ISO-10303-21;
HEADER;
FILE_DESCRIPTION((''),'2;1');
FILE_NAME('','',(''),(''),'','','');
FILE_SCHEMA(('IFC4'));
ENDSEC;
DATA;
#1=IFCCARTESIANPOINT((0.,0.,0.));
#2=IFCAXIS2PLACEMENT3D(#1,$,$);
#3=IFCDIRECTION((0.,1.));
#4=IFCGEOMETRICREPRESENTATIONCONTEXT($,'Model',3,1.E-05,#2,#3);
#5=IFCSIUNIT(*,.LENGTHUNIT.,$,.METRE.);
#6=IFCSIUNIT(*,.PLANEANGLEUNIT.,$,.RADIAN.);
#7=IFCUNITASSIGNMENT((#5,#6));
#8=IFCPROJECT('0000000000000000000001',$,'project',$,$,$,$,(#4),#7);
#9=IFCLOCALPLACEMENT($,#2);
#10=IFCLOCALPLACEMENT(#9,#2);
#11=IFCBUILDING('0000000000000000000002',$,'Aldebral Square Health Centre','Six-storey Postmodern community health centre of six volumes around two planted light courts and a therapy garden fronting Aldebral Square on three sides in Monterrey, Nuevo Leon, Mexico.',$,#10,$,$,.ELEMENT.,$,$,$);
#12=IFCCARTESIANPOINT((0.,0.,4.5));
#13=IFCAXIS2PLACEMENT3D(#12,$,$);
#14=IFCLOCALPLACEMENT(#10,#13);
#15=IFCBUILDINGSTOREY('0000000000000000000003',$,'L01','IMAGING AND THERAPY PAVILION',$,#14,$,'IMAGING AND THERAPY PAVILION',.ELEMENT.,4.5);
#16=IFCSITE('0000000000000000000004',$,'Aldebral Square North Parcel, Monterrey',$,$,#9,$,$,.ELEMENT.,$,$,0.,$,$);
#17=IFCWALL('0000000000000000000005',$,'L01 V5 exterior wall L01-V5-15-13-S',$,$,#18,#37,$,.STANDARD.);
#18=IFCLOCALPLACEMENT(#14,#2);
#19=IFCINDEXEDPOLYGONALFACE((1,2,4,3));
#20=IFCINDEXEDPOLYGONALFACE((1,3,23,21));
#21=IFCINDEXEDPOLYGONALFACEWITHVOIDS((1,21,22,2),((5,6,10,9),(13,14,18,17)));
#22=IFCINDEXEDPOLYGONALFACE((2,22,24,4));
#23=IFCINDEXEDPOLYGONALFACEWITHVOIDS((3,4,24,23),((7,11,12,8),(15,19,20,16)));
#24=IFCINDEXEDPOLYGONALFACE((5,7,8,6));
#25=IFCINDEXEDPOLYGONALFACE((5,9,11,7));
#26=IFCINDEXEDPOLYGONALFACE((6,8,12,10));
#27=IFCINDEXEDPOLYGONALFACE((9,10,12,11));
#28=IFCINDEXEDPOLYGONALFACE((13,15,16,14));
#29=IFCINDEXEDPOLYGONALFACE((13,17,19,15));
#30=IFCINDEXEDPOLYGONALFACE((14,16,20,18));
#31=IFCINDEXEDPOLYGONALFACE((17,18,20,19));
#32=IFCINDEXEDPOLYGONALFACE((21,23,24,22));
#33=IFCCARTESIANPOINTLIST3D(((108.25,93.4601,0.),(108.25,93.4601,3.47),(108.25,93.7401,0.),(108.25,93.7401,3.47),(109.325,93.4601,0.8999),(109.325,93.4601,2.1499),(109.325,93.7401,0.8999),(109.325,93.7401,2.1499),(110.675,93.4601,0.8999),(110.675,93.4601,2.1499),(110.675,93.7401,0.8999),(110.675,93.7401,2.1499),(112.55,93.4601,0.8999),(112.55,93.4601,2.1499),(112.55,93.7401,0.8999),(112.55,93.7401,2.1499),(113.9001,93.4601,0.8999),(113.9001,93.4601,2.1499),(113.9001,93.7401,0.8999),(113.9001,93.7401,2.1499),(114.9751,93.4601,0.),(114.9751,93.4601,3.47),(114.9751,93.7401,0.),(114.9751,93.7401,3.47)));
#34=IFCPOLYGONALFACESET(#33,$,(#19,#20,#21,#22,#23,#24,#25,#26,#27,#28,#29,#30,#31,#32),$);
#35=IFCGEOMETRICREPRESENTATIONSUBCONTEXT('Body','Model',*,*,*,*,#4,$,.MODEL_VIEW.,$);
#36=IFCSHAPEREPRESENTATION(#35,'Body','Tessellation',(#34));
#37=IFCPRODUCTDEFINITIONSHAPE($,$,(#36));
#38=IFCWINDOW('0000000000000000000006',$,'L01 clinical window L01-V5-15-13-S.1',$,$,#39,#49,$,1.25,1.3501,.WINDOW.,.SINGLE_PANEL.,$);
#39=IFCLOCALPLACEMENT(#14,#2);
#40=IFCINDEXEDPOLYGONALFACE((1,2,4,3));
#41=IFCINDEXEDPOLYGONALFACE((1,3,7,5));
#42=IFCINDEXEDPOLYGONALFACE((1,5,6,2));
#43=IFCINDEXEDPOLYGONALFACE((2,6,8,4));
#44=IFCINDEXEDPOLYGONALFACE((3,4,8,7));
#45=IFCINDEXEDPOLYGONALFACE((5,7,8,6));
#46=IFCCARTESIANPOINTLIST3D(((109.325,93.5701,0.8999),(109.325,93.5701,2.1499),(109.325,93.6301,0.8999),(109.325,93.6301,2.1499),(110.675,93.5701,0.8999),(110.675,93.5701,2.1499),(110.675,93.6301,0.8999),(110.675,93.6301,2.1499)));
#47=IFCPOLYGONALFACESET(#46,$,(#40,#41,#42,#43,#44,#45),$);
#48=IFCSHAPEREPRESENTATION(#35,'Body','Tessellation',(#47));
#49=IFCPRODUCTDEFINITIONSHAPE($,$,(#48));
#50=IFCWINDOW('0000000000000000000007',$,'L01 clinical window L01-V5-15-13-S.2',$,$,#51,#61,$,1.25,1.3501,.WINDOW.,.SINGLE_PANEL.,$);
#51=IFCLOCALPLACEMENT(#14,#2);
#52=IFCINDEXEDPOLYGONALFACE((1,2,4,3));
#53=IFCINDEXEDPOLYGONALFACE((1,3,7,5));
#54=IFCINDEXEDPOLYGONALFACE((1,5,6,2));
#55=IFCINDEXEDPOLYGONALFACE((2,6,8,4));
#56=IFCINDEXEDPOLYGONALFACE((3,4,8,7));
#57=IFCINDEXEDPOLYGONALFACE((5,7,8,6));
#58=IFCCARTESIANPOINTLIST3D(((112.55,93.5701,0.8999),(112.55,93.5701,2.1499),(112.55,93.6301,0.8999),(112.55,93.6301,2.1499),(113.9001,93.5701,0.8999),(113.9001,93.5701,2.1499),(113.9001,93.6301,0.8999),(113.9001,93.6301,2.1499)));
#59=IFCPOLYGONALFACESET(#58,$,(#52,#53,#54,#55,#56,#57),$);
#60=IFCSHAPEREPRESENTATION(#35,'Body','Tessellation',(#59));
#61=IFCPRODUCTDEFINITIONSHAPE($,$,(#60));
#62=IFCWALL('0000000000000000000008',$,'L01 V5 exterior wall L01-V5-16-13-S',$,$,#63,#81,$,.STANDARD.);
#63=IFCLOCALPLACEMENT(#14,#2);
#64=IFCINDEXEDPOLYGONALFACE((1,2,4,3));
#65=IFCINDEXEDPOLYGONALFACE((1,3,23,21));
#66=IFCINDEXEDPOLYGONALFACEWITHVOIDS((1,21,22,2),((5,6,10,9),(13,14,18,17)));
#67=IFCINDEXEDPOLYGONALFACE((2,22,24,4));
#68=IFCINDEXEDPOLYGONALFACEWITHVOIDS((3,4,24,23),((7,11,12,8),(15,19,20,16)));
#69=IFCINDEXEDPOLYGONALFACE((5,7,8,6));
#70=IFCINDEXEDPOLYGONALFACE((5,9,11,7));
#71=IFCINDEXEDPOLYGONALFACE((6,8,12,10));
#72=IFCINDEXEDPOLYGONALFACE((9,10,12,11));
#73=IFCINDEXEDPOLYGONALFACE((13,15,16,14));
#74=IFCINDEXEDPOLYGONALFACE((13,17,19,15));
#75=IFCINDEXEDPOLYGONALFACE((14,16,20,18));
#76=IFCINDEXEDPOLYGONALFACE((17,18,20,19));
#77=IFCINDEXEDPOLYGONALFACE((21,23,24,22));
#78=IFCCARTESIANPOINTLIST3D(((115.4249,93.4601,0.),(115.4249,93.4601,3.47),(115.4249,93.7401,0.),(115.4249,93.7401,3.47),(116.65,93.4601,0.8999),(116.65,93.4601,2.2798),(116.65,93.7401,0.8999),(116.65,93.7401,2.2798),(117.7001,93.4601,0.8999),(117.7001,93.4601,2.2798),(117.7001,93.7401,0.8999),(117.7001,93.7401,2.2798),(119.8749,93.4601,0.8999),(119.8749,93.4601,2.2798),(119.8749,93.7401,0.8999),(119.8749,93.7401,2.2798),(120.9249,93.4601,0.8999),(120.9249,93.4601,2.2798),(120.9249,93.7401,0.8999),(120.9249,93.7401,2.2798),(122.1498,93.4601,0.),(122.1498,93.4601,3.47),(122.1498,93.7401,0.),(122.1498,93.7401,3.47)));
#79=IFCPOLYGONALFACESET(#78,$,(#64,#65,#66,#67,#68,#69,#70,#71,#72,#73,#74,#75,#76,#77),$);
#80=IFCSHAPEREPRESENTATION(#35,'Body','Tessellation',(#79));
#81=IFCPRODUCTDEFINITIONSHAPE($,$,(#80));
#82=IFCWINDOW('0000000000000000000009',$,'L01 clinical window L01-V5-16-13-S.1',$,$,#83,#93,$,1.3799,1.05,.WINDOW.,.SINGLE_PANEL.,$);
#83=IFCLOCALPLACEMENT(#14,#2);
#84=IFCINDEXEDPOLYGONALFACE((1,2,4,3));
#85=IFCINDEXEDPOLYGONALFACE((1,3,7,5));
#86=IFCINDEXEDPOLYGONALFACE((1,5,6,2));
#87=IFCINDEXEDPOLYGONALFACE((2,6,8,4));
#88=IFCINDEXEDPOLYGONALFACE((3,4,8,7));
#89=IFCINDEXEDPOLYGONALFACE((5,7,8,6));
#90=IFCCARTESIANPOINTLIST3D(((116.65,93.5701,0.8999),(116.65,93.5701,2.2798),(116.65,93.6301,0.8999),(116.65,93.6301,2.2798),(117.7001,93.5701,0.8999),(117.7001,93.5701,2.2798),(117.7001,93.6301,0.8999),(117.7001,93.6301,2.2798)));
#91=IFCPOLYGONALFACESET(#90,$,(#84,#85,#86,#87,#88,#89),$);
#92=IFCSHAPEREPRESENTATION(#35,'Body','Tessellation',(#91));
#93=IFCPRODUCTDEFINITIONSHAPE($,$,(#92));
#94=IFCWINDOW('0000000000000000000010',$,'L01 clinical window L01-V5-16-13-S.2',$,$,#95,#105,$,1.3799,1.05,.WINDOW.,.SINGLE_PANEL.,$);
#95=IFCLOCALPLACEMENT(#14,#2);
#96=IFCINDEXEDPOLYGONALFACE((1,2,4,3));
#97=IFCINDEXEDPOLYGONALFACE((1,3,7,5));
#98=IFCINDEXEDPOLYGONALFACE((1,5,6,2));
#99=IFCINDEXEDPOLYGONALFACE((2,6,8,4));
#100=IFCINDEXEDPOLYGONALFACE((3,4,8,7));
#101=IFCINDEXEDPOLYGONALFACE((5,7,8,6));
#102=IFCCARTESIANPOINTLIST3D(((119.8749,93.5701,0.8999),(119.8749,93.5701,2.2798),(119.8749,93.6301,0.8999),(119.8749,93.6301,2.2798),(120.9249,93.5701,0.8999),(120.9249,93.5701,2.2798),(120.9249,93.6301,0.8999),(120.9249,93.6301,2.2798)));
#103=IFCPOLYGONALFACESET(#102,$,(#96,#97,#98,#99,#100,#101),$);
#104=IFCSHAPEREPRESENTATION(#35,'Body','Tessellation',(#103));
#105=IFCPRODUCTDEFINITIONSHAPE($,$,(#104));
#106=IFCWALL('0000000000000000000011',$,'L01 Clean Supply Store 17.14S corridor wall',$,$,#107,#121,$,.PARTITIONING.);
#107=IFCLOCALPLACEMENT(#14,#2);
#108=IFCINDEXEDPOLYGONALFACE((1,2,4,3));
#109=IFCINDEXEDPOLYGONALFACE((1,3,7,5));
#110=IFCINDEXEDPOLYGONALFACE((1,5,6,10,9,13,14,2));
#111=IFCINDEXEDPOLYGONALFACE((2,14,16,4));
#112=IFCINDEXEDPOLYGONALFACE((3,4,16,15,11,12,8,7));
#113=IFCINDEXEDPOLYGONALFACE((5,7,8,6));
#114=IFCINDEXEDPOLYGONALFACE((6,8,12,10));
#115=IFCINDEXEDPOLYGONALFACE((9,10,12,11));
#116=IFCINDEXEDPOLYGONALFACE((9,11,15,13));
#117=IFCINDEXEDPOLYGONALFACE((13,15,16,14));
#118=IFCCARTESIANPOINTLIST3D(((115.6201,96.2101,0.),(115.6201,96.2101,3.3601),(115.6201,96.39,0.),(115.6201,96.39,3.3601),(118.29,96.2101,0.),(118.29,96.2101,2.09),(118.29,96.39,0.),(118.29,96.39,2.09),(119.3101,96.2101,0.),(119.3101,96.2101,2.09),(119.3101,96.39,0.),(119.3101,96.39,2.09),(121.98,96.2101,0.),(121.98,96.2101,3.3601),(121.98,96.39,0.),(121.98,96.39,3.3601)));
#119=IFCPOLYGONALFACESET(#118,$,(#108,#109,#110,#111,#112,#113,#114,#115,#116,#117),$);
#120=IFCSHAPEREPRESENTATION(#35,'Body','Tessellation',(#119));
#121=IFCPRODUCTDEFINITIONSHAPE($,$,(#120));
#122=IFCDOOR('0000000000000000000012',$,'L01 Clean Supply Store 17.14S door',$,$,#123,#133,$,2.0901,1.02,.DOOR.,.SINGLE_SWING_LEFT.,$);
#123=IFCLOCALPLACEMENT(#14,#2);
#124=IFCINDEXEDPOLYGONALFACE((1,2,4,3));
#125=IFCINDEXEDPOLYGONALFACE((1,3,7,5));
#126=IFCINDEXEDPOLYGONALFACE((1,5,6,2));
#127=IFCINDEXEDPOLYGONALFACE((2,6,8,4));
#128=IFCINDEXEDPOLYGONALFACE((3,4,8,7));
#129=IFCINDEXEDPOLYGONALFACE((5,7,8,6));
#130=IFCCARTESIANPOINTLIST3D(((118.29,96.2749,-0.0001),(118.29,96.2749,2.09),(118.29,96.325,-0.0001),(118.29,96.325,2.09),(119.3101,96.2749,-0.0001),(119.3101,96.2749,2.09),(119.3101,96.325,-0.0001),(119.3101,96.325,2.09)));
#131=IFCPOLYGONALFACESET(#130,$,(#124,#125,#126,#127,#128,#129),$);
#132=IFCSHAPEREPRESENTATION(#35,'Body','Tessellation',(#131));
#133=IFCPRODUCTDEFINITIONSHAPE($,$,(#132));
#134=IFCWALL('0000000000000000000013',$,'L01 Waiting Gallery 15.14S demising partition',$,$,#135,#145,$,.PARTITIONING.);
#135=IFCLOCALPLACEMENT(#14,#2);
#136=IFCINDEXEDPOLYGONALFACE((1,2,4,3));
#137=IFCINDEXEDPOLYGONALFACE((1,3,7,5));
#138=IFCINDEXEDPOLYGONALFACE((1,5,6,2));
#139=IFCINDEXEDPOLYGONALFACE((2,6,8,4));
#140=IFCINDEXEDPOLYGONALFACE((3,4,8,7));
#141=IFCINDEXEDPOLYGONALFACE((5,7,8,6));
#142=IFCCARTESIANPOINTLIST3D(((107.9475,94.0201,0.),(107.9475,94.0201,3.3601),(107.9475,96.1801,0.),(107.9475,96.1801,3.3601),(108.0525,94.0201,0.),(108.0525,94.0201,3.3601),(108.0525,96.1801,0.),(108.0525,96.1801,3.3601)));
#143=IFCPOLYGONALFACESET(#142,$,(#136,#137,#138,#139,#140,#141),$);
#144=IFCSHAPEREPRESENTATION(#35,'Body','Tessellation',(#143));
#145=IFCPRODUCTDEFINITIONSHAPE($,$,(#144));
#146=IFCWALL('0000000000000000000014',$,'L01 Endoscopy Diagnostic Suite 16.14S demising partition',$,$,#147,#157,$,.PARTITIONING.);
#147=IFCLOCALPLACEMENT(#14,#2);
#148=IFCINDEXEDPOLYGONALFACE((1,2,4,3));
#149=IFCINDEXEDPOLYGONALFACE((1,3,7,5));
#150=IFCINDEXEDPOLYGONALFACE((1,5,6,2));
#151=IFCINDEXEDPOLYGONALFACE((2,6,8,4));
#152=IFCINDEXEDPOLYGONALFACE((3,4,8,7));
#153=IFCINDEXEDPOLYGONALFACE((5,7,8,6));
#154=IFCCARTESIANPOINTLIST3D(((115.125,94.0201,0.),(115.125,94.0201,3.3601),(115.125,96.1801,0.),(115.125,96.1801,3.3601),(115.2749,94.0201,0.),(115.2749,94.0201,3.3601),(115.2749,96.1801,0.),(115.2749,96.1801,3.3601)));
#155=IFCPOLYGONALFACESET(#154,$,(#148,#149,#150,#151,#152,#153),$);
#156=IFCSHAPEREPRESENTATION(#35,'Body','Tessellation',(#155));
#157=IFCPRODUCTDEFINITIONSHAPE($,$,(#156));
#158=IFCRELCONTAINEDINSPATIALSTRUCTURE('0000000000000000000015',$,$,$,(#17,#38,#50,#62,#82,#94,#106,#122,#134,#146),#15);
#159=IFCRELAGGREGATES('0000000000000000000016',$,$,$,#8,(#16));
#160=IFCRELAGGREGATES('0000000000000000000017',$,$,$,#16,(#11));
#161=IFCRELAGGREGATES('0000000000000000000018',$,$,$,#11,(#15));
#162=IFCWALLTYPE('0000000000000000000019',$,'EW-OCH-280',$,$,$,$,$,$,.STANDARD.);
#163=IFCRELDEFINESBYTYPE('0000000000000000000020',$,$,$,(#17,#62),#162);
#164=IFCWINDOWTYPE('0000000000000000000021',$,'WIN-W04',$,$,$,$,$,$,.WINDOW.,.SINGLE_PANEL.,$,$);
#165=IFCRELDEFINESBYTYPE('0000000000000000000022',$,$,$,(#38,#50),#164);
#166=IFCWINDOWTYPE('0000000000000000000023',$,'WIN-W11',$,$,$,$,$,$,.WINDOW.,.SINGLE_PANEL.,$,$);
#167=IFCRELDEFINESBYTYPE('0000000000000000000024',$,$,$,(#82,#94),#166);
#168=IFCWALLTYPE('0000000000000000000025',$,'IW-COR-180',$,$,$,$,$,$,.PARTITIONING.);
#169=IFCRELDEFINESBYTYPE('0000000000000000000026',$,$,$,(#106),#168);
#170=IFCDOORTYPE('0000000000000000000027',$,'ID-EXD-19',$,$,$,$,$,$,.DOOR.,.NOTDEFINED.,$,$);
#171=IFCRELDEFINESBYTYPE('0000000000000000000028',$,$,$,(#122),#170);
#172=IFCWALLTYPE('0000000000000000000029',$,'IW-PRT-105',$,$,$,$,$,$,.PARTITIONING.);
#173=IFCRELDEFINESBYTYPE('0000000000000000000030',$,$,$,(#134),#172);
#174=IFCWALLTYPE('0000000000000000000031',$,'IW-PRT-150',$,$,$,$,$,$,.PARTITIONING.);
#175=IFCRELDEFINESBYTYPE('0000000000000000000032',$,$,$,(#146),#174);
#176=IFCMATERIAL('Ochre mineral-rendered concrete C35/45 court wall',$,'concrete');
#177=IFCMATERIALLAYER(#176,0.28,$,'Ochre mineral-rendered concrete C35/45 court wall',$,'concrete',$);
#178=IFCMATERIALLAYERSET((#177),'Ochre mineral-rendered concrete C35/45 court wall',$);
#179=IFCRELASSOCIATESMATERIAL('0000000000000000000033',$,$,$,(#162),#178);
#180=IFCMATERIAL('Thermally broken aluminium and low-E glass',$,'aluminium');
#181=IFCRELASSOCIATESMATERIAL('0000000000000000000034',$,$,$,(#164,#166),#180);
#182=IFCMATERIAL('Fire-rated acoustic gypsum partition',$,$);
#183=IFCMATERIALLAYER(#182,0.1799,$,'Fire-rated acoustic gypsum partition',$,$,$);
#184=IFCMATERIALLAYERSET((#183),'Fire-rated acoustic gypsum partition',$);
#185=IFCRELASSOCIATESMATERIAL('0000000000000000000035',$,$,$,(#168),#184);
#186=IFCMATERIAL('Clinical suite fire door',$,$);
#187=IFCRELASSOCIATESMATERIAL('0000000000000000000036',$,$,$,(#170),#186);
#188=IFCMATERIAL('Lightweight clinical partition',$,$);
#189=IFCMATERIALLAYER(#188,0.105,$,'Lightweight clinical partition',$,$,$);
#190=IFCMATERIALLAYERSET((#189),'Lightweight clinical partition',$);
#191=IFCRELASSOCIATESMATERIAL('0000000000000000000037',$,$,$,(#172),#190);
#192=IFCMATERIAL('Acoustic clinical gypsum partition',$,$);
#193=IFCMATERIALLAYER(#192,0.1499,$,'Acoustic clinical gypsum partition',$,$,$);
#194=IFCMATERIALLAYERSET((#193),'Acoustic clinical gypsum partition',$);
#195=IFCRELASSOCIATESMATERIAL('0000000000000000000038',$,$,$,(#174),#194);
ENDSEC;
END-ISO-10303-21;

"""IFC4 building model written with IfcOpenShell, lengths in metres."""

from ifc_helpers import new_model, si_unit, direction, frame, frame_2d, origin, place, context, subcontext, project, spatial, rectangle, extrude, material, layer, layer_set, type_object, element, fill, save


model = new_model("IFC4")

# Units and contexts
model_context = context("Model", 3, precision=1e-05, world=origin(), true_north=direction((0.0, 1.0)))
body_context = subcontext(model_context, "Body", "Model", "MODEL_VIEW")
ifc_project = project(units=[si_unit("LENGTHUNIT", "METRE"), si_unit("PLANEANGLEUNIT", "RADIAN")], contexts=[model_context])

# Site, building, storey
site_placement = place(None, origin())
site = spatial("IfcSite", under=ifc_project, at=site_placement, Name="Aldebral Square North Parcel, Monterrey", CompositionType="ELEMENT", RefElevation=0.0)
building_placement = place(site_placement, origin())
building = spatial("IfcBuilding", under=site, at=building_placement, Name="Aldebral Square Health Centre", Description="Six-storey Postmodern community health centre of six volumes around two planted light courts and a therapy garden fronting Aldebral Square on three sides in Monterrey, Nuevo Leon, Mexico.", CompositionType="ELEMENT")
storey_placement = place(building_placement, frame((0.0, 0.0, 4.5)))
storey = spatial("IfcBuildingStorey", under=building, at=storey_placement, Name="L01", Description="IMAGING AND THERAPY PAVILION", LongName="IMAGING AND THERAPY PAVILION", CompositionType="ELEMENT", Elevation=4.5)

# Walls, openings, windows
ifc_material_1 = material(Name="Ochre mineral-rendered concrete C35/45 court wall", Category="concrete")
ifc_layer_1 = layer(ifc_material_1, 0.28, Name="Ochre mineral-rendered concrete C35/45 court wall", Category="concrete")
ifc_layer_set_1 = layer_set([ifc_layer_1], Name="Ochre mineral-rendered concrete C35/45 court wall")
wall_type_1 = type_object("IfcWallType", Name="EW-OCH-280", PredefinedType="STANDARD", material=ifc_layer_set_1)
wall_1_placement = place(storey_placement, frame((108.25, 93.6001, 0.0), z_axis=(0.0, 0.0, 1.0), x_axis=(1.0, 0.0, 0.0)))
wall_1 = element("IfcWall", 1, at=wall_1_placement, inside=storey, type_object=wall_type_1, Name="L01 V5 exterior wall L01-V5-15-13-S", PredefinedType="STANDARD", context=body_context, shape_type="SweptSolid", body=[
    extrude(rectangle(XDim=6.7251, YDim=0.28, at=frame_2d((3.3625, 0.0))), origin(), (0.0, 0.0, 1.0), 3.47),
])
opening_1_placement = place(wall_1_placement, frame((1.075, 0.0, 0.8999)))
opening_1 = element("IfcOpeningElement", 2, at=opening_1_placement, cuts=wall_1, PredefinedType="OPENING", context=body_context, shape_type="SweptSolid", body=[
    extrude(rectangle(XDim=1.3501, YDim=1.25, at=frame_2d((0.675, 0.625))), frame((0.0, 0.1499, 0.0), z_axis=(0.0, -1.0, 0.0), x_axis=(1.0, 0.0, 0.0)), (0.0, 0.0, 1.0), 0.3),
])
opening_2_placement = place(wall_1_placement, frame((4.3, 0.0, 0.8999)))
opening_2 = element("IfcOpeningElement", 3, at=opening_2_placement, cuts=wall_1, PredefinedType="OPENING", context=body_context, shape_type="SweptSolid", body=[
    extrude(rectangle(XDim=1.3501, YDim=1.25, at=frame_2d((0.675, 0.625))), frame((0.0, 0.1499, 0.0), z_axis=(0.0, -1.0, 0.0), x_axis=(1.0, 0.0, 0.0)), (0.0, 0.0, 1.0), 0.3),
])
ifc_material_2 = material(Name="Thermally broken aluminium and low-E glass", Category="aluminium")
window_type_1 = type_object("IfcWindowType", Name="WIN-W04", PartitioningType="SINGLE_PANEL", PredefinedType="WINDOW", material=ifc_material_2)
window_1_placement = place(opening_1_placement, origin())
window_1 = element("IfcWindow", 4, at=window_1_placement, inside=storey, type_object=window_type_1, Name="L01 clinical window L01-V5-15-13-S.1", OverallHeight=1.25, OverallWidth=1.3501, PartitioningType="SINGLE_PANEL", PredefinedType="WINDOW", context=body_context, shape_type="SweptSolid", body=[
    extrude(rectangle(XDim=1.3501, YDim=1.25, at=frame_2d((0.675, 0.625))), frame((0.0, 0.03, 0.0), z_axis=(0.0, -1.0, 0.0), x_axis=(1.0, 0.0, 0.0)), (0.0, 0.0, 1.0), 0.0601),
])
fill(opening_1, window_1)
window_2_placement = place(opening_2_placement, origin())
window_2 = element("IfcWindow", 5, at=window_2_placement, inside=storey, type_object=window_type_1, Name="L01 clinical window L01-V5-15-13-S.2", OverallHeight=1.25, OverallWidth=1.3501, PartitioningType="SINGLE_PANEL", PredefinedType="WINDOW", context=body_context, shape_type="SweptSolid", body=[
    extrude(rectangle(XDim=1.3501, YDim=1.25, at=frame_2d((0.675, 0.625))), frame((0.0, 0.03, 0.0), z_axis=(0.0, -1.0, 0.0), x_axis=(1.0, 0.0, 0.0)), (0.0, 0.0, 1.0), 0.0601),
])
fill(opening_2, window_2)
wall_2_placement = place(storey_placement, frame((115.425, 93.6001, 0.0), z_axis=(0.0, 0.0, 1.0), x_axis=(1.0, 0.0, 0.0)))
wall_2 = element("IfcWall", 6, at=wall_2_placement, inside=storey, type_object=wall_type_1, Name="L01 V5 exterior wall L01-V5-16-13-S", PredefinedType="STANDARD", context=body_context, shape_type="SweptSolid", body=[
    extrude(rectangle(XDim=6.7249, YDim=0.28, at=frame_2d((3.3623, 0.0))), origin(), (0.0, 0.0, 1.0), 3.47),
])
opening_3_placement = place(wall_2_placement, frame((1.2251, 0.0, 0.8999)))
opening_3 = element("IfcOpeningElement", 7, at=opening_3_placement, cuts=wall_2, PredefinedType="OPENING", context=body_context, shape_type="SweptSolid", body=[
    extrude(rectangle(XDim=1.05, YDim=1.3799, at=frame_2d((0.5249, 0.6899))), frame((0.0, 0.1499, 0.0), z_axis=(0.0, -1.0, 0.0), x_axis=(1.0, 0.0, 0.0)), (0.0, 0.0, 1.0), 0.3),
])
opening_4_placement = place(wall_2_placement, frame((4.45, 0.0, 0.8999)))
opening_4 = element("IfcOpeningElement", 8, at=opening_4_placement, cuts=wall_2, PredefinedType="OPENING", context=body_context, shape_type="SweptSolid", body=[
    extrude(rectangle(XDim=1.05, YDim=1.3799, at=frame_2d((0.5249, 0.6899))), frame((0.0, 0.1499, 0.0), z_axis=(0.0, -1.0, 0.0), x_axis=(1.0, 0.0, 0.0)), (0.0, 0.0, 1.0), 0.3),
])
window_type_2 = type_object("IfcWindowType", Name="WIN-W11", PartitioningType="SINGLE_PANEL", PredefinedType="WINDOW", material=ifc_material_2)
window_3_placement = place(opening_3_placement, origin())
window_3 = element("IfcWindow", 9, at=window_3_placement, inside=storey, type_object=window_type_2, Name="L01 clinical window L01-V5-16-13-S.1", OverallHeight=1.3799, OverallWidth=1.05, PartitioningType="SINGLE_PANEL", PredefinedType="WINDOW", context=body_context, shape_type="SweptSolid", body=[
    extrude(rectangle(XDim=1.05, YDim=1.3799, at=frame_2d((0.5249, 0.6899))), frame((0.0, 0.03, 0.0), z_axis=(0.0, -1.0, 0.0), x_axis=(1.0, 0.0, 0.0)), (0.0, 0.0, 1.0), 0.0601),
])
fill(opening_3, window_3)
window_4_placement = place(opening_4_placement, origin())
window_4 = element("IfcWindow", 10, at=window_4_placement, inside=storey, type_object=window_type_2, Name="L01 clinical window L01-V5-16-13-S.2", OverallHeight=1.3799, OverallWidth=1.05, PartitioningType="SINGLE_PANEL", PredefinedType="WINDOW", context=body_context, shape_type="SweptSolid", body=[
    extrude(rectangle(XDim=1.05, YDim=1.3799, at=frame_2d((0.5249, 0.6899))), frame((0.0, 0.03, 0.0), z_axis=(0.0, -1.0, 0.0), x_axis=(1.0, 0.0, 0.0)), (0.0, 0.0, 1.0), 0.0601),
])
fill(opening_4, window_4)

# Wall, opening, door
ifc_material_3 = material(Name="Fire-rated acoustic gypsum partition")
ifc_layer_2 = layer(ifc_material_3, 0.1799, Name="Fire-rated acoustic gypsum partition")
ifc_layer_set_2 = layer_set([ifc_layer_2], Name="Fire-rated acoustic gypsum partition")
wall_type_2 = type_object("IfcWallType", Name="IW-COR-180", PredefinedType="PARTITIONING", material=ifc_layer_set_2)
wall_3_placement = place(storey_placement, frame((115.6201, 96.3, 0.0), z_axis=(0.0, 0.0, 1.0), x_axis=(1.0, 0.0, 0.0)))
wall_3 = element("IfcWall", 11, at=wall_3_placement, inside=storey, type_object=wall_type_2, Name="L01 Clean Supply Store 17.14S corridor wall", PredefinedType="PARTITIONING", context=body_context, shape_type="SweptSolid", body=[
    extrude(rectangle(XDim=6.3599, YDim=0.1799, at=frame_2d((3.1799, 0.0))), origin(), (0.0, 0.0, 1.0), 3.3601),
])
opening_5_placement = place(wall_3_placement, frame((2.6699, 0.0, 0.0)))
opening_5 = element("IfcOpeningElement", 12, at=opening_5_placement, cuts=wall_3, PredefinedType="OPENING", context=body_context, shape_type="SweptSolid", body=[
    extrude(rectangle(XDim=1.02, YDim=2.0901, at=frame_2d((0.51, 1.0449))), frame((0.0, 0.1001, 0.0), z_axis=(0.0, -1.0, 0.0), x_axis=(1.0, 0.0, 0.0)), (0.0, 0.0, 1.0), 0.2),
])
ifc_material_4 = material(Name="Clinical suite fire door")
door_type_1 = type_object("IfcDoorType", Name="ID-EXD-19", OperationType="NOTDEFINED", PredefinedType="DOOR", material=ifc_material_4)
door_1_placement = place(opening_5_placement, origin())
door_1 = element("IfcDoor", 13, at=door_1_placement, inside=storey, type_object=door_type_1, Name="L01 Clean Supply Store 17.14S door", OperationType="SINGLE_SWING_LEFT", OverallHeight=2.0901, OverallWidth=1.02, PredefinedType="DOOR", context=body_context, shape_type="SweptSolid", body=[
    extrude(rectangle(XDim=1.02, YDim=2.0901, at=frame_2d((0.51, 1.0449))), frame((0.0, 0.0249, 0.0), z_axis=(0.0, -1.0, 0.0), x_axis=(1.0, 0.0, 0.0)), (0.0, 0.0, 1.0), 0.05),
])
fill(opening_5, door_1)

# Walls
ifc_material_5 = material(Name="Lightweight clinical partition")
ifc_layer_3 = layer(ifc_material_5, 0.105, Name="Lightweight clinical partition")
ifc_layer_set_3 = layer_set([ifc_layer_3], Name="Lightweight clinical partition")
wall_type_3 = type_object("IfcWallType", Name="IW-PRT-105", PredefinedType="PARTITIONING", material=ifc_layer_set_3)
wall_4_placement = place(storey_placement, frame((108.0, 94.02, 0.0), z_axis=(0.0, 0.0, 1.0), x_axis=(0.0, 1.0, 0.0)))
element("IfcWall", 14, at=wall_4_placement, inside=storey, type_object=wall_type_3, Name="L01 Waiting Gallery 15.14S demising partition", PredefinedType="PARTITIONING", context=body_context, shape_type="SweptSolid", body=[
    extrude(rectangle(XDim=2.1599, YDim=0.105, at=frame_2d((1.0801, 0.0))), origin(), (0.0, 0.0, 1.0), 3.3601),
])
ifc_material_6 = material(Name="Acoustic clinical gypsum partition")
ifc_layer_4 = layer(ifc_material_6, 0.1499, Name="Acoustic clinical gypsum partition")
ifc_layer_set_4 = layer_set([ifc_layer_4], Name="Acoustic clinical gypsum partition")
wall_type_4 = type_object("IfcWallType", Name="IW-PRT-150", PredefinedType="PARTITIONING", material=ifc_layer_set_4)
wall_5_placement = place(storey_placement, frame((115.2, 94.02, 0.0), z_axis=(0.0, 0.0, 1.0), x_axis=(0.0, 1.0, 0.0)))
element("IfcWall", 15, at=wall_5_placement, inside=storey, type_object=wall_type_4, Name="L01 Endoscopy Diagnostic Suite 16.14S demising partition", PredefinedType="PARTITIONING", context=body_context, shape_type="SweptSolid", body=[
    extrude(rectangle(XDim=2.1599, YDim=0.1499, at=frame_2d((1.0801, 0.0))), origin(), (0.0, 0.0, 1.0), 3.3601),
])

save(model, "model.ifc")
